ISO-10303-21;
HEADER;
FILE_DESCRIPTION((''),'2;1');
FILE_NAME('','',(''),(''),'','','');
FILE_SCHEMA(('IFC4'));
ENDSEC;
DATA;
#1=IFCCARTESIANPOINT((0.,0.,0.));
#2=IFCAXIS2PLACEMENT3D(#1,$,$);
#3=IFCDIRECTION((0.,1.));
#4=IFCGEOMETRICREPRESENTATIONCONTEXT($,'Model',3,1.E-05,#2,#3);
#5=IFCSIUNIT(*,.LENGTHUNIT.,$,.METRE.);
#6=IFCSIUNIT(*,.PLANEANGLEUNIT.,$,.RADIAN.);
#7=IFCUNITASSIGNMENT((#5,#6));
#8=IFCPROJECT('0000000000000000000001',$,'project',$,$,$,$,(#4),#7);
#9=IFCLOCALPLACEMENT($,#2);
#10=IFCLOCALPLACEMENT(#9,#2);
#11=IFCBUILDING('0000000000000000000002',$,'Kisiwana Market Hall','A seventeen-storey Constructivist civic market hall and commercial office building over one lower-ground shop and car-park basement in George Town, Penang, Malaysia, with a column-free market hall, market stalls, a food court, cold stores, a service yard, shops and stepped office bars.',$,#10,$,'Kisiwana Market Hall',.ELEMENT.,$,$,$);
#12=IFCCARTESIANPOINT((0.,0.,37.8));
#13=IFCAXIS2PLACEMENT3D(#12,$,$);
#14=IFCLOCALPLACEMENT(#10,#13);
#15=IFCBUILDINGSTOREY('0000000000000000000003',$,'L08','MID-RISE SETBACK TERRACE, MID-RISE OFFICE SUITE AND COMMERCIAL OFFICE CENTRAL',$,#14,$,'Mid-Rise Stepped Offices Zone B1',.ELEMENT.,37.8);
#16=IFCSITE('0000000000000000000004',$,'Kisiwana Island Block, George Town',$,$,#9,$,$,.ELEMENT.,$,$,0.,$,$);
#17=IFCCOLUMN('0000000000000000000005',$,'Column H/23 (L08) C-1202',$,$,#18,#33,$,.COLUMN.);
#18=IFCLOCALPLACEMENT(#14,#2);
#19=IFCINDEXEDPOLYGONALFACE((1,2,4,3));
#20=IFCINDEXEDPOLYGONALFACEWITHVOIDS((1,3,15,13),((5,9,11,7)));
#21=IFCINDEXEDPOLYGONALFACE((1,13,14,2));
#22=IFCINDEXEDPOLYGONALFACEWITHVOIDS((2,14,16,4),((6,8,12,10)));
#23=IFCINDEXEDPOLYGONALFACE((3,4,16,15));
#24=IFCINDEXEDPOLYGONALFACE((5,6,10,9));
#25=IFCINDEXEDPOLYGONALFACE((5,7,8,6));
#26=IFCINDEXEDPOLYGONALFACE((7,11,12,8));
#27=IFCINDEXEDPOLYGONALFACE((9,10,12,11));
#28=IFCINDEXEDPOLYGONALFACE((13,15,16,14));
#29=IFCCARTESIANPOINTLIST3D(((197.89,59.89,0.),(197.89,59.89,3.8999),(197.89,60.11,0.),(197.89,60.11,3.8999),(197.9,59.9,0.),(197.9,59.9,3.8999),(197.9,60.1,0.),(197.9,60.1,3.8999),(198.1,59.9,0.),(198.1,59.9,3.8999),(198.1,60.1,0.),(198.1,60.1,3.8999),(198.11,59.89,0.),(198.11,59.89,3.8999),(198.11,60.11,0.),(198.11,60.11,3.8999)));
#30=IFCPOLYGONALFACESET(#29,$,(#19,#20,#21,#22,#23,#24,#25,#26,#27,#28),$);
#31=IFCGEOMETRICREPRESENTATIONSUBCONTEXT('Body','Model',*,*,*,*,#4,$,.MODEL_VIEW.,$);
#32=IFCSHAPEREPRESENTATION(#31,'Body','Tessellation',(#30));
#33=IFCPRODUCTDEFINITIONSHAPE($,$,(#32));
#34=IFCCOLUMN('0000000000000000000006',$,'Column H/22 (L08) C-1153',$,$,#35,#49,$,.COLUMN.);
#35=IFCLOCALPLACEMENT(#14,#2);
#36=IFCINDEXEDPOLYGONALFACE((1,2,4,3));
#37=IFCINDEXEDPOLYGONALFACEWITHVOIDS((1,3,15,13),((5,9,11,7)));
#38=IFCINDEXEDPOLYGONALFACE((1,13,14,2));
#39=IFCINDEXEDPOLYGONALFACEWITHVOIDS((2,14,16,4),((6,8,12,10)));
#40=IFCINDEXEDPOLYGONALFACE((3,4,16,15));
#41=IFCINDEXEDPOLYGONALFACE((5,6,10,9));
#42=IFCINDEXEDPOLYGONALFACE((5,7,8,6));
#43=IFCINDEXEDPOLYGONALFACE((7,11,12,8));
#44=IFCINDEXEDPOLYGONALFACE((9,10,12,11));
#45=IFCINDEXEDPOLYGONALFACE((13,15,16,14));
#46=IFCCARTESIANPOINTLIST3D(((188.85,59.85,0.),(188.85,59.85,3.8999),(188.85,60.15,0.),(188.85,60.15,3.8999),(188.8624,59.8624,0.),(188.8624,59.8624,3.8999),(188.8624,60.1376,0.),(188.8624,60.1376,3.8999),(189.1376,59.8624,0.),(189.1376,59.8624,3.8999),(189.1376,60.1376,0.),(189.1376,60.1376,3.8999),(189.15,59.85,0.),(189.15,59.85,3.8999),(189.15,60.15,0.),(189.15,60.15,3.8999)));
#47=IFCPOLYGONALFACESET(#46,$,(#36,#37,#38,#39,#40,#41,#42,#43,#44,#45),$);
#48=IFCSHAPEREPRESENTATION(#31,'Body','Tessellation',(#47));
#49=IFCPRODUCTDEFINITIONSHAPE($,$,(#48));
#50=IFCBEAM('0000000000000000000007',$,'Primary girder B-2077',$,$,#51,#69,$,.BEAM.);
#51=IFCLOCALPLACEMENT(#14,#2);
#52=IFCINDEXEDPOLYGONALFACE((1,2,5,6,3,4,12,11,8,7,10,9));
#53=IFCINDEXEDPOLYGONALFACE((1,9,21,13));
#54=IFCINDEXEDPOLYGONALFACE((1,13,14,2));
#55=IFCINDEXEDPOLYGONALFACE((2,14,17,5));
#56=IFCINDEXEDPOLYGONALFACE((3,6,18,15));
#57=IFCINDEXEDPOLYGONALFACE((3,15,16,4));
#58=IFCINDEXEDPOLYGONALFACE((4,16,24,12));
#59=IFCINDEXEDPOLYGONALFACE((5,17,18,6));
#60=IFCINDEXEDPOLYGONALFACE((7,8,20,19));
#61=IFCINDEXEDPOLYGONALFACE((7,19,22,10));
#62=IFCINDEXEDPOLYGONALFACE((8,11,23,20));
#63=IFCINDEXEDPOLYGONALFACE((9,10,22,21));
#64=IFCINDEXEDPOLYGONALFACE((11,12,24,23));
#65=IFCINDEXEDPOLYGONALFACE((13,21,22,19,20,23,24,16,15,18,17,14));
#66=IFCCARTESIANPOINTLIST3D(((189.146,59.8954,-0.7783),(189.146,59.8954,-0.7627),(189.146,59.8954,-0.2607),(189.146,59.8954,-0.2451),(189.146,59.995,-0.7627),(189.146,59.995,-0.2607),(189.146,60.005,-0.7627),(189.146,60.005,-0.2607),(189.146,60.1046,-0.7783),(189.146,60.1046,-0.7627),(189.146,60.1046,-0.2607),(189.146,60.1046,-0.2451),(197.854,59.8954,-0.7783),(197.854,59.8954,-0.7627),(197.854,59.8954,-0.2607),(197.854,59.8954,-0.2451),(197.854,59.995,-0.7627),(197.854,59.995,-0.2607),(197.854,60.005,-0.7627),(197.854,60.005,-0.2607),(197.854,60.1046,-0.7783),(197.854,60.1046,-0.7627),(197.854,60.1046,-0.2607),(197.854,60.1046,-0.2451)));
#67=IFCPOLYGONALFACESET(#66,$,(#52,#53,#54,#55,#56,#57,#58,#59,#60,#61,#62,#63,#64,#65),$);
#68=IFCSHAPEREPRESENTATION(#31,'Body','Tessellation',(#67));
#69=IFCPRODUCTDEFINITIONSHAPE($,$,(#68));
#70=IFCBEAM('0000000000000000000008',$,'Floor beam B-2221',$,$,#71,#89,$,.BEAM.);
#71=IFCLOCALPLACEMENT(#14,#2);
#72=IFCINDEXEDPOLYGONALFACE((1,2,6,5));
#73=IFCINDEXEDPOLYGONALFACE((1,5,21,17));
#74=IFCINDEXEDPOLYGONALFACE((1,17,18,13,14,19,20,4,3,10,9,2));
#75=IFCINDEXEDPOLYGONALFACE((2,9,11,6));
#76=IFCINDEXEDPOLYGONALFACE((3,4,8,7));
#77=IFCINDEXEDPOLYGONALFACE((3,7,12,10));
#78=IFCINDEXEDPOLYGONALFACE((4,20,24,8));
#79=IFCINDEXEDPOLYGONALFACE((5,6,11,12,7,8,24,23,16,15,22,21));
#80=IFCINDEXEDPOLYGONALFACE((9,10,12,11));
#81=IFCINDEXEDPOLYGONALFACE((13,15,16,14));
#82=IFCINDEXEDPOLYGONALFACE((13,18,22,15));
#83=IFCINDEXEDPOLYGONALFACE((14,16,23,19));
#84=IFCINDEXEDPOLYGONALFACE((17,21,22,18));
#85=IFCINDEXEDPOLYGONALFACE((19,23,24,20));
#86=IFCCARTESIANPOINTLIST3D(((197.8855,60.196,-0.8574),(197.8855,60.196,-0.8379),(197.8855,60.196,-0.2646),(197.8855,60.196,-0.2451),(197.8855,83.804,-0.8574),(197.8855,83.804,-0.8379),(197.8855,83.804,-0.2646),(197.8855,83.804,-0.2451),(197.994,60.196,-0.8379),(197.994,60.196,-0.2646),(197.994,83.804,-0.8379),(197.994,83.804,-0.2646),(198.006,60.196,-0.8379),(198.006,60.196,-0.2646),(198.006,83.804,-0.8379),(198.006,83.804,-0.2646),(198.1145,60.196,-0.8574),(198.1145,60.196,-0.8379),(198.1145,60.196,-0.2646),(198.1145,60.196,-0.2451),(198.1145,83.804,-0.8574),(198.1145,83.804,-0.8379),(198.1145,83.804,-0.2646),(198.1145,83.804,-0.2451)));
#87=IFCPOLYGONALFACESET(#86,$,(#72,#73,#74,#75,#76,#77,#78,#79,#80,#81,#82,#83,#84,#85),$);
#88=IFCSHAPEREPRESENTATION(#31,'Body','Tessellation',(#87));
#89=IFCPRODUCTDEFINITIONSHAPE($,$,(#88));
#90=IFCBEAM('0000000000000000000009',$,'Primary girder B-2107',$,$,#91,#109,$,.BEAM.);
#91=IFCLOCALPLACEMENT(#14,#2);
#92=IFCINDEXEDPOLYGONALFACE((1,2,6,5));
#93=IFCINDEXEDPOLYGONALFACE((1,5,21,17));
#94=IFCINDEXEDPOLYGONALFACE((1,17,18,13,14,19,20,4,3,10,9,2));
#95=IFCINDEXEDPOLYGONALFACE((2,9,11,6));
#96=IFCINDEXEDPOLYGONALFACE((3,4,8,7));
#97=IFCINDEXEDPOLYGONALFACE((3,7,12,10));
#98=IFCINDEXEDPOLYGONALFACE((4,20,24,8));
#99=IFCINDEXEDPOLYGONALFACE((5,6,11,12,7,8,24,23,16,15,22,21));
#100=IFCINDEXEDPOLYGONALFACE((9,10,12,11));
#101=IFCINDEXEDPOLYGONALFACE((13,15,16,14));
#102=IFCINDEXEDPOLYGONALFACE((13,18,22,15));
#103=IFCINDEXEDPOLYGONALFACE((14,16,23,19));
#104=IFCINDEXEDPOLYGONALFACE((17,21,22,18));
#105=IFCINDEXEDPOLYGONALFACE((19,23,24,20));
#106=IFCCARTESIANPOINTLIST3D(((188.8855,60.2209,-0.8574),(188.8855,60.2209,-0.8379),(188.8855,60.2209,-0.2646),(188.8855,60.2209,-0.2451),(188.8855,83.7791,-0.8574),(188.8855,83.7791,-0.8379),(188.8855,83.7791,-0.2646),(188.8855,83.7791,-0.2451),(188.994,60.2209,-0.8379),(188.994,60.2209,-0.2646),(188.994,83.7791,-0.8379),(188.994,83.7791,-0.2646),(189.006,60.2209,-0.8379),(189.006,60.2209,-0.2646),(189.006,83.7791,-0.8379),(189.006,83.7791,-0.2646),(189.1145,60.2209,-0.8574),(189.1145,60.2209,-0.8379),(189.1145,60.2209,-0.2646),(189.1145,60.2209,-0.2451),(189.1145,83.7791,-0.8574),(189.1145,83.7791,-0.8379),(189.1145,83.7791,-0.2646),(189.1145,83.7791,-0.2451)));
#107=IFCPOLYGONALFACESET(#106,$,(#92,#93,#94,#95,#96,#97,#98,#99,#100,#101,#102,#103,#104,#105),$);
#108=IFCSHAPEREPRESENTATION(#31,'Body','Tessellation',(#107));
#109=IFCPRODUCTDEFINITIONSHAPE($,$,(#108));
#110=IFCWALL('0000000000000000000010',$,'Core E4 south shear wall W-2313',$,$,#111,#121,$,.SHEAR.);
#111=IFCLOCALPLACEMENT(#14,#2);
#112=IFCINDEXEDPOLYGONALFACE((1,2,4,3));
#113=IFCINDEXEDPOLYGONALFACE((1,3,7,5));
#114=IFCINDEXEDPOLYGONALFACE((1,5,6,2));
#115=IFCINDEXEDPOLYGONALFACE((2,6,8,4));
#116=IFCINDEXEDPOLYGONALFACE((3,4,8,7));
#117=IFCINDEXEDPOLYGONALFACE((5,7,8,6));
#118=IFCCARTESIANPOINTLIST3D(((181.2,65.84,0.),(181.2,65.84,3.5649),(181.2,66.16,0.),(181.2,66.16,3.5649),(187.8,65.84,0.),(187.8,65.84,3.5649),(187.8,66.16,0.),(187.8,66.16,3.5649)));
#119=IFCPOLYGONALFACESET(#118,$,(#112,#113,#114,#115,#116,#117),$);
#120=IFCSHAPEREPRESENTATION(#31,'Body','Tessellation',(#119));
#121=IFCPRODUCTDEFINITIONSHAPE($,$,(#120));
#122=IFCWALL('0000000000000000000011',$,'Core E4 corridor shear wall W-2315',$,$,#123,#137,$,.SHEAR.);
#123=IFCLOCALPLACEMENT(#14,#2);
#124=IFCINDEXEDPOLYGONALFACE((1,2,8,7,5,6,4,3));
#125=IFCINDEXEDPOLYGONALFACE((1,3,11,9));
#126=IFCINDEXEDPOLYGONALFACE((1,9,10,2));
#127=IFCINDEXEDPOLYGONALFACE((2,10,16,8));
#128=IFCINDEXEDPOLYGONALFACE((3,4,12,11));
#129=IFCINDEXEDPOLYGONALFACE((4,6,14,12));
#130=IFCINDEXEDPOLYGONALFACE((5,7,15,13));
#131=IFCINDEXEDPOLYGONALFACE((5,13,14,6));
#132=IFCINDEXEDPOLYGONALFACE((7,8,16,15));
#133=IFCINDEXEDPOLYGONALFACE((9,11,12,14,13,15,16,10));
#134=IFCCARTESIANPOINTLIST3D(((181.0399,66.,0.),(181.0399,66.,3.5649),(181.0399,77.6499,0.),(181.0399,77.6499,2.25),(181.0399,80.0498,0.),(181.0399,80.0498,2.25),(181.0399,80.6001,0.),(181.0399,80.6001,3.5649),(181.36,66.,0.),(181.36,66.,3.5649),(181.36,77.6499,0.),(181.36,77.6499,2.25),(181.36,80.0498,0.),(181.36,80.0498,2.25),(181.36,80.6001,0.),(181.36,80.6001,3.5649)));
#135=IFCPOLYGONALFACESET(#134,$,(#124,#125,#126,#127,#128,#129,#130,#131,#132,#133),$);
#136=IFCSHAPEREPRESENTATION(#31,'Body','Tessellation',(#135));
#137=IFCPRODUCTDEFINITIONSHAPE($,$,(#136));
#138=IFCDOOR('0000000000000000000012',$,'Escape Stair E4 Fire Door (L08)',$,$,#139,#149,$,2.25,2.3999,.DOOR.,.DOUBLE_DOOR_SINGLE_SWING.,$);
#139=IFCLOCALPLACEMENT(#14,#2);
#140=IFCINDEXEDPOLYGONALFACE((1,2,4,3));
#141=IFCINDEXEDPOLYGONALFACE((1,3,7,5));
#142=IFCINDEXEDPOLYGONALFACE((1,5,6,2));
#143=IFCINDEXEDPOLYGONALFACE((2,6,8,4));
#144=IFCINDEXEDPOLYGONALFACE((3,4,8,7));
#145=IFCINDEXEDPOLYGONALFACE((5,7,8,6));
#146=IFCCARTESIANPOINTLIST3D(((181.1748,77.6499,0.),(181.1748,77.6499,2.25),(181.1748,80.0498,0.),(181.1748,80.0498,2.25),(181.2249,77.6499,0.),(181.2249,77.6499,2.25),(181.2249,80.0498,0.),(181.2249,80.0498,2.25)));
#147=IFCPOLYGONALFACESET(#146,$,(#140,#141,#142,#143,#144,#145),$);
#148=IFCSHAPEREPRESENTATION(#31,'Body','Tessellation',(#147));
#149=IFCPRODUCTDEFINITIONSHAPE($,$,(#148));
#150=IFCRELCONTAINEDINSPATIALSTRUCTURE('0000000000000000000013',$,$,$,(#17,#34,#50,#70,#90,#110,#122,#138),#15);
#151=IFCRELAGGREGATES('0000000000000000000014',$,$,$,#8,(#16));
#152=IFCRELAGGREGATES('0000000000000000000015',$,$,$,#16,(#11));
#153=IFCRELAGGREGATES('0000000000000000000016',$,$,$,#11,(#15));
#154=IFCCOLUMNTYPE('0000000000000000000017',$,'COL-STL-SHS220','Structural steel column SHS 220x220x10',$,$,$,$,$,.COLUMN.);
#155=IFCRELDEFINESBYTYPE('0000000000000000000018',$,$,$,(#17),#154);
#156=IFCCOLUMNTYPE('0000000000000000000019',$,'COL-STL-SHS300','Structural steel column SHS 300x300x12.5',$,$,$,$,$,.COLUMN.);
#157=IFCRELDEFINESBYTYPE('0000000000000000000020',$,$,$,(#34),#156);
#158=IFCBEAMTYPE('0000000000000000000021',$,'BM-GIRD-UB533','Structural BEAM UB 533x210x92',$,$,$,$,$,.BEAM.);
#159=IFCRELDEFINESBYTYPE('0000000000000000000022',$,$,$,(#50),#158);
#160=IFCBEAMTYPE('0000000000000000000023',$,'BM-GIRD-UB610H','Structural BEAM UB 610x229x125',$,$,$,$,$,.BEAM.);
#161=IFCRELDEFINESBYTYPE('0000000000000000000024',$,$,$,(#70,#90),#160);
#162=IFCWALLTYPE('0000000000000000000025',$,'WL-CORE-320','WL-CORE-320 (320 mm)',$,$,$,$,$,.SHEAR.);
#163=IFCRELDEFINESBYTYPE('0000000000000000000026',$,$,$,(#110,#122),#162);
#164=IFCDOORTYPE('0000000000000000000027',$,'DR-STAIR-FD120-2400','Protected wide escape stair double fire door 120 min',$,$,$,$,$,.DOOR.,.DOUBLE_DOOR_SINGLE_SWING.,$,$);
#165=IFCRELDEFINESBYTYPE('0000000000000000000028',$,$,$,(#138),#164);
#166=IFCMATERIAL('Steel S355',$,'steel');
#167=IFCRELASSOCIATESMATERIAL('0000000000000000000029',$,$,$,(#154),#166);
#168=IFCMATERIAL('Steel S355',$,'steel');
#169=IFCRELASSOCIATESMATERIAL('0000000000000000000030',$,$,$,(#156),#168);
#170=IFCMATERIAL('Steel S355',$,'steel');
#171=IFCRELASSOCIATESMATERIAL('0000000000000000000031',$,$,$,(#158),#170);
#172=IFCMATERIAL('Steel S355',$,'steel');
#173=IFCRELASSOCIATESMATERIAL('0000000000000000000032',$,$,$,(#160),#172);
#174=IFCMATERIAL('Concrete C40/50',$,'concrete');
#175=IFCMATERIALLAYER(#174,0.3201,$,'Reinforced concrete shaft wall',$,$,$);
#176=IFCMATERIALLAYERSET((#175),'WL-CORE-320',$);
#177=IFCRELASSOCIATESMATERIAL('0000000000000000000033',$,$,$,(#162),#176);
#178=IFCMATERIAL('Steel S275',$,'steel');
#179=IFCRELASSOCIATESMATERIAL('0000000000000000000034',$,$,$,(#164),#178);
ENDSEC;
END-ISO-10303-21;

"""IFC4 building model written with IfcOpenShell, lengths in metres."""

from ifc_helpers import new_model, si_unit, direction, frame, frame_2d, origin, origin_2d, place, context, subcontext, project, spatial, rectangle, hollow_rectangle, i_section, extrude, material, layer, layer_set, material_profile, profile_set, type_object, element, fill, save


model = new_model("IFC4")

# Units and contexts
model_context = context("Model", 3, precision=1e-05, world=origin(), true_north=direction((0.0, 1.0)))
body_context = subcontext(model_context, "Body", "Model", "MODEL_VIEW")
ifc_project = project(units=[si_unit("LENGTHUNIT", "METRE"), si_unit("PLANEANGLEUNIT", "RADIAN")], contexts=[model_context])

# Site, building, storey
site_placement = place(None, origin())
site = spatial("IfcSite", under=ifc_project, at=site_placement, Name="Kisiwana Island Block, George Town", CompositionType="ELEMENT", RefElevation=0.0)
building_placement = place(site_placement, origin())
building = spatial("IfcBuilding", under=site, at=building_placement, Name="Kisiwana Market Hall", Description="A seventeen-storey Constructivist civic market hall and commercial office building over one lower-ground shop and car-park basement in George Town, Penang, Malaysia, with a column-free market hall, market stalls, a food court, cold stores, a service yard, shops and stepped office bars.", LongName="Kisiwana Market Hall", CompositionType="ELEMENT")
storey_placement = place(building_placement, frame((0.0, 0.0, 37.8)))
storey = spatial("IfcBuildingStorey", under=building, at=storey_placement, Name="L08", Description="MID-RISE SETBACK TERRACE, MID-RISE OFFICE SUITE AND COMMERCIAL OFFICE CENTRAL", LongName="Mid-Rise Stepped Offices Zone B1", CompositionType="ELEMENT", Elevation=37.8)

# Columns
ifc_material_1 = material(Name="Steel S355", Category="steel")
ifc_material_profile_1 = material_profile(ifc_material_1, hollow_rectangle(XDim=0.22, YDim=0.22, WallThickness=0.01, at=origin_2d()), Name="SHS 220x220x10")
ifc_profile_set_1 = profile_set([ifc_material_profile_1], Name="Steel S355")
column_type_1 = type_object("IfcColumnType", Name="COL-STL-SHS220", Description="Structural steel column SHS 220x220x10", PredefinedType="COLUMN", material=ifc_profile_set_1)
column_1_placement = place(storey_placement, frame((198.0, 60.0, 0.0), z_axis=(0.0, 0.0, 1.0), x_axis=(1.0, 0.0, 0.0)))
element("IfcColumn", 1, at=column_1_placement, inside=storey, type_object=column_type_1, Name="Column H/23 (L08) C-1202", PredefinedType="COLUMN", context=body_context, shape_type="SweptSolid", body=[
    extrude(hollow_rectangle(XDim=0.22, YDim=0.22, WallThickness=0.01, at=origin_2d()), origin(), (0.0, 0.0, 1.0), 3.8999),
])
ifc_material_2 = material(Name="Steel S355", Category="steel")
ifc_material_profile_2 = material_profile(ifc_material_2, hollow_rectangle(XDim=0.3, YDim=0.3, WallThickness=0.0125, at=origin_2d()), Name="SHS 300x300x12.5")
ifc_profile_set_2 = profile_set([ifc_material_profile_2], Name="Steel S355")
column_type_2 = type_object("IfcColumnType", Name="COL-STL-SHS300", Description="Structural steel column SHS 300x300x12.5", PredefinedType="COLUMN", material=ifc_profile_set_2)
column_2_placement = place(storey_placement, frame((189.0, 60.0, 0.0), z_axis=(0.0, 0.0, 1.0), x_axis=(1.0, 0.0, 0.0)))
element("IfcColumn", 2, at=column_2_placement, inside=storey, type_object=column_type_2, Name="Column H/22 (L08) C-1153", PredefinedType="COLUMN", context=body_context, shape_type="SweptSolid", body=[
    extrude(hollow_rectangle(XDim=0.3, YDim=0.3, WallThickness=0.0125, at=origin_2d()), origin(), (0.0, 0.0, 1.0), 3.8999),
])

# Beams
ifc_material_3 = material(Name="Steel S355", Category="steel")
ifc_material_profile_3 = material_profile(ifc_material_3, i_section(OverallWidth=0.2092, OverallDepth=0.5332, WebThickness=0.01, FlangeThickness=0.0156, at=origin_2d()), Name="UB 533x210x92")
ifc_profile_set_3 = profile_set([ifc_material_profile_3], Name="Steel S355")
beam_type_1 = type_object("IfcBeamType", Name="BM-GIRD-UB533", Description="Structural BEAM UB 533x210x92", PredefinedType="BEAM", material=ifc_profile_set_3)
beam_1_placement = place(storey_placement, frame((189.146, 60.0, -0.5117), z_axis=(1.0, 0.0, 0.0), x_axis=(0.0, 1.0, 0.0)))
element("IfcBeam", 3, at=beam_1_placement, inside=storey, type_object=beam_type_1, Name="Primary girder B-2077", PredefinedType="BEAM", context=body_context, shape_type="SweptSolid", body=[
    extrude(i_section(OverallWidth=0.2092, OverallDepth=0.5332, WebThickness=0.01, FlangeThickness=0.0156, at=origin_2d()), origin(), (0.0, 0.0, 1.0), 8.708),
])
ifc_material_4 = material(Name="Steel S355", Category="steel")
ifc_material_profile_4 = material_profile(ifc_material_4, i_section(OverallWidth=0.229, OverallDepth=0.6123, WebThickness=0.012, FlangeThickness=0.0195, at=origin_2d()), Name="UB 610x229x125")
ifc_profile_set_4 = profile_set([ifc_material_profile_4], Name="Steel S355")
beam_type_2 = type_object("IfcBeamType", Name="BM-GIRD-UB610H", Description="Structural BEAM UB 610x229x125", PredefinedType="BEAM", material=ifc_profile_set_4)
beam_2_placement = place(storey_placement, frame((198.0, 60.196, -0.5513), z_axis=(0.0, 1.0, 0.0), x_axis=(-1.0, 0.0, 0.0)))
element("IfcBeam", 4, at=beam_2_placement, inside=storey, type_object=beam_type_2, Name="Floor beam B-2221", PredefinedType="BEAM", context=body_context, shape_type="SweptSolid", body=[
    extrude(i_section(OverallWidth=0.229, OverallDepth=0.6123, WebThickness=0.012, FlangeThickness=0.0195, at=origin_2d()), origin(), (0.0, 0.0, 1.0), 23.6079),
])
beam_3_placement = place(storey_placement, frame((189.0, 60.2209, -0.5513), z_axis=(0.0, 1.0, 0.0), x_axis=(-1.0, 0.0, 0.0)))
element("IfcBeam", 5, at=beam_3_placement, inside=storey, type_object=beam_type_2, Name="Primary girder B-2107", PredefinedType="BEAM", context=body_context, shape_type="SweptSolid", body=[
    extrude(i_section(OverallWidth=0.229, OverallDepth=0.6123, WebThickness=0.012, FlangeThickness=0.0195, at=origin_2d()), origin(), (0.0, 0.0, 1.0), 23.5581),
])

# Wall
ifc_material_5 = material(Name="Concrete C40/50", Category="concrete")
ifc_layer_1 = layer(ifc_material_5, 0.3201, Name="Reinforced concrete shaft wall")
ifc_layer_set_1 = layer_set([ifc_layer_1], Name="WL-CORE-320")
wall_type_1 = type_object("IfcWallType", Name="WL-CORE-320", Description="WL-CORE-320 (320 mm)", PredefinedType="SHEAR", material=ifc_layer_set_1)
wall_1_placement = place(storey_placement, frame((181.2, 66.0, 0.0), z_axis=(0.0, 0.0, 1.0), x_axis=(1.0, 0.0, 0.0)))
element("IfcWall", 6, at=wall_1_placement, inside=storey, type_object=wall_type_1, Name="Core E4 south shear wall W-2313", PredefinedType="SHEAR", context=body_context, shape_type="SweptSolid", body=[
    extrude(rectangle(XDim=6.6001, YDim=0.3201, at=frame_2d((3.3, 0.0))), origin(), (0.0, 0.0, 1.0), 3.5649),
])

# Wall, opening, door
wall_2_placement = place(storey_placement, frame((181.2, 66.0, 0.0), z_axis=(0.0, 0.0, 1.0), x_axis=(0.0, 1.0, 0.0)))
wall_2 = element("IfcWall", 7, at=wall_2_placement, inside=storey, type_object=wall_type_1, Name="Core E4 corridor shear wall W-2315", PredefinedType="SHEAR", context=body_context, shape_type="SweptSolid", body=[
    extrude(rectangle(XDim=14.6001, YDim=0.3201, at=frame_2d((7.3, 0.0))), origin(), (0.0, 0.0, 1.0), 3.5649),
])
opening_1_placement = place(wall_2_placement, frame((11.6499, 0.0, 0.0)))
opening_1 = element("IfcOpeningElement", 8, at=opening_1_placement, cuts=wall_2, PredefinedType="OPENING", context=body_context, shape_type="SweptSolid", body=[
    extrude(rectangle(XDim=2.3999, YDim=2.25, at=frame_2d((1.2, 1.125))), frame((0.0, 0.1719, 0.0), z_axis=(0.0, -1.0, 0.0), x_axis=(1.0, 0.0, 0.0)), (0.0, 0.0, 1.0), 0.344),
])
ifc_material_6 = material(Name="Steel S275", Category="steel")
door_type = type_object("IfcDoorType", Name="DR-STAIR-FD120-2400", Description="Protected wide escape stair double fire door 120 min", OperationType="DOUBLE_DOOR_SINGLE_SWING", PredefinedType="DOOR", material=ifc_material_6)
door_1_placement = place(opening_1_placement, frame((2.3999, 0.0, 0.0), z_axis=(0.0, 0.0, 1.0), x_axis=(-1.0, 0.0, 0.0)))
door_1 = element("IfcDoor", 9, at=door_1_placement, inside=storey, type_object=door_type, Name="Escape Stair E4 Fire Door (L08)", OperationType="DOUBLE_DOOR_SINGLE_SWING", OverallHeight=2.25, OverallWidth=2.3999, PredefinedType="DOOR", context=body_context, shape_type="SweptSolid", body=[
    extrude(rectangle(XDim=2.3999, YDim=2.25, at=frame_2d((1.2, 1.125))), frame((0.0, 0.0249, 0.0), z_axis=(0.0, -1.0, 0.0), x_axis=(1.0, 0.0, 0.0)), (0.0, 0.0, 1.0), 0.05),
])
fill(opening_1, door_1)

save(model, "model.ifc")
